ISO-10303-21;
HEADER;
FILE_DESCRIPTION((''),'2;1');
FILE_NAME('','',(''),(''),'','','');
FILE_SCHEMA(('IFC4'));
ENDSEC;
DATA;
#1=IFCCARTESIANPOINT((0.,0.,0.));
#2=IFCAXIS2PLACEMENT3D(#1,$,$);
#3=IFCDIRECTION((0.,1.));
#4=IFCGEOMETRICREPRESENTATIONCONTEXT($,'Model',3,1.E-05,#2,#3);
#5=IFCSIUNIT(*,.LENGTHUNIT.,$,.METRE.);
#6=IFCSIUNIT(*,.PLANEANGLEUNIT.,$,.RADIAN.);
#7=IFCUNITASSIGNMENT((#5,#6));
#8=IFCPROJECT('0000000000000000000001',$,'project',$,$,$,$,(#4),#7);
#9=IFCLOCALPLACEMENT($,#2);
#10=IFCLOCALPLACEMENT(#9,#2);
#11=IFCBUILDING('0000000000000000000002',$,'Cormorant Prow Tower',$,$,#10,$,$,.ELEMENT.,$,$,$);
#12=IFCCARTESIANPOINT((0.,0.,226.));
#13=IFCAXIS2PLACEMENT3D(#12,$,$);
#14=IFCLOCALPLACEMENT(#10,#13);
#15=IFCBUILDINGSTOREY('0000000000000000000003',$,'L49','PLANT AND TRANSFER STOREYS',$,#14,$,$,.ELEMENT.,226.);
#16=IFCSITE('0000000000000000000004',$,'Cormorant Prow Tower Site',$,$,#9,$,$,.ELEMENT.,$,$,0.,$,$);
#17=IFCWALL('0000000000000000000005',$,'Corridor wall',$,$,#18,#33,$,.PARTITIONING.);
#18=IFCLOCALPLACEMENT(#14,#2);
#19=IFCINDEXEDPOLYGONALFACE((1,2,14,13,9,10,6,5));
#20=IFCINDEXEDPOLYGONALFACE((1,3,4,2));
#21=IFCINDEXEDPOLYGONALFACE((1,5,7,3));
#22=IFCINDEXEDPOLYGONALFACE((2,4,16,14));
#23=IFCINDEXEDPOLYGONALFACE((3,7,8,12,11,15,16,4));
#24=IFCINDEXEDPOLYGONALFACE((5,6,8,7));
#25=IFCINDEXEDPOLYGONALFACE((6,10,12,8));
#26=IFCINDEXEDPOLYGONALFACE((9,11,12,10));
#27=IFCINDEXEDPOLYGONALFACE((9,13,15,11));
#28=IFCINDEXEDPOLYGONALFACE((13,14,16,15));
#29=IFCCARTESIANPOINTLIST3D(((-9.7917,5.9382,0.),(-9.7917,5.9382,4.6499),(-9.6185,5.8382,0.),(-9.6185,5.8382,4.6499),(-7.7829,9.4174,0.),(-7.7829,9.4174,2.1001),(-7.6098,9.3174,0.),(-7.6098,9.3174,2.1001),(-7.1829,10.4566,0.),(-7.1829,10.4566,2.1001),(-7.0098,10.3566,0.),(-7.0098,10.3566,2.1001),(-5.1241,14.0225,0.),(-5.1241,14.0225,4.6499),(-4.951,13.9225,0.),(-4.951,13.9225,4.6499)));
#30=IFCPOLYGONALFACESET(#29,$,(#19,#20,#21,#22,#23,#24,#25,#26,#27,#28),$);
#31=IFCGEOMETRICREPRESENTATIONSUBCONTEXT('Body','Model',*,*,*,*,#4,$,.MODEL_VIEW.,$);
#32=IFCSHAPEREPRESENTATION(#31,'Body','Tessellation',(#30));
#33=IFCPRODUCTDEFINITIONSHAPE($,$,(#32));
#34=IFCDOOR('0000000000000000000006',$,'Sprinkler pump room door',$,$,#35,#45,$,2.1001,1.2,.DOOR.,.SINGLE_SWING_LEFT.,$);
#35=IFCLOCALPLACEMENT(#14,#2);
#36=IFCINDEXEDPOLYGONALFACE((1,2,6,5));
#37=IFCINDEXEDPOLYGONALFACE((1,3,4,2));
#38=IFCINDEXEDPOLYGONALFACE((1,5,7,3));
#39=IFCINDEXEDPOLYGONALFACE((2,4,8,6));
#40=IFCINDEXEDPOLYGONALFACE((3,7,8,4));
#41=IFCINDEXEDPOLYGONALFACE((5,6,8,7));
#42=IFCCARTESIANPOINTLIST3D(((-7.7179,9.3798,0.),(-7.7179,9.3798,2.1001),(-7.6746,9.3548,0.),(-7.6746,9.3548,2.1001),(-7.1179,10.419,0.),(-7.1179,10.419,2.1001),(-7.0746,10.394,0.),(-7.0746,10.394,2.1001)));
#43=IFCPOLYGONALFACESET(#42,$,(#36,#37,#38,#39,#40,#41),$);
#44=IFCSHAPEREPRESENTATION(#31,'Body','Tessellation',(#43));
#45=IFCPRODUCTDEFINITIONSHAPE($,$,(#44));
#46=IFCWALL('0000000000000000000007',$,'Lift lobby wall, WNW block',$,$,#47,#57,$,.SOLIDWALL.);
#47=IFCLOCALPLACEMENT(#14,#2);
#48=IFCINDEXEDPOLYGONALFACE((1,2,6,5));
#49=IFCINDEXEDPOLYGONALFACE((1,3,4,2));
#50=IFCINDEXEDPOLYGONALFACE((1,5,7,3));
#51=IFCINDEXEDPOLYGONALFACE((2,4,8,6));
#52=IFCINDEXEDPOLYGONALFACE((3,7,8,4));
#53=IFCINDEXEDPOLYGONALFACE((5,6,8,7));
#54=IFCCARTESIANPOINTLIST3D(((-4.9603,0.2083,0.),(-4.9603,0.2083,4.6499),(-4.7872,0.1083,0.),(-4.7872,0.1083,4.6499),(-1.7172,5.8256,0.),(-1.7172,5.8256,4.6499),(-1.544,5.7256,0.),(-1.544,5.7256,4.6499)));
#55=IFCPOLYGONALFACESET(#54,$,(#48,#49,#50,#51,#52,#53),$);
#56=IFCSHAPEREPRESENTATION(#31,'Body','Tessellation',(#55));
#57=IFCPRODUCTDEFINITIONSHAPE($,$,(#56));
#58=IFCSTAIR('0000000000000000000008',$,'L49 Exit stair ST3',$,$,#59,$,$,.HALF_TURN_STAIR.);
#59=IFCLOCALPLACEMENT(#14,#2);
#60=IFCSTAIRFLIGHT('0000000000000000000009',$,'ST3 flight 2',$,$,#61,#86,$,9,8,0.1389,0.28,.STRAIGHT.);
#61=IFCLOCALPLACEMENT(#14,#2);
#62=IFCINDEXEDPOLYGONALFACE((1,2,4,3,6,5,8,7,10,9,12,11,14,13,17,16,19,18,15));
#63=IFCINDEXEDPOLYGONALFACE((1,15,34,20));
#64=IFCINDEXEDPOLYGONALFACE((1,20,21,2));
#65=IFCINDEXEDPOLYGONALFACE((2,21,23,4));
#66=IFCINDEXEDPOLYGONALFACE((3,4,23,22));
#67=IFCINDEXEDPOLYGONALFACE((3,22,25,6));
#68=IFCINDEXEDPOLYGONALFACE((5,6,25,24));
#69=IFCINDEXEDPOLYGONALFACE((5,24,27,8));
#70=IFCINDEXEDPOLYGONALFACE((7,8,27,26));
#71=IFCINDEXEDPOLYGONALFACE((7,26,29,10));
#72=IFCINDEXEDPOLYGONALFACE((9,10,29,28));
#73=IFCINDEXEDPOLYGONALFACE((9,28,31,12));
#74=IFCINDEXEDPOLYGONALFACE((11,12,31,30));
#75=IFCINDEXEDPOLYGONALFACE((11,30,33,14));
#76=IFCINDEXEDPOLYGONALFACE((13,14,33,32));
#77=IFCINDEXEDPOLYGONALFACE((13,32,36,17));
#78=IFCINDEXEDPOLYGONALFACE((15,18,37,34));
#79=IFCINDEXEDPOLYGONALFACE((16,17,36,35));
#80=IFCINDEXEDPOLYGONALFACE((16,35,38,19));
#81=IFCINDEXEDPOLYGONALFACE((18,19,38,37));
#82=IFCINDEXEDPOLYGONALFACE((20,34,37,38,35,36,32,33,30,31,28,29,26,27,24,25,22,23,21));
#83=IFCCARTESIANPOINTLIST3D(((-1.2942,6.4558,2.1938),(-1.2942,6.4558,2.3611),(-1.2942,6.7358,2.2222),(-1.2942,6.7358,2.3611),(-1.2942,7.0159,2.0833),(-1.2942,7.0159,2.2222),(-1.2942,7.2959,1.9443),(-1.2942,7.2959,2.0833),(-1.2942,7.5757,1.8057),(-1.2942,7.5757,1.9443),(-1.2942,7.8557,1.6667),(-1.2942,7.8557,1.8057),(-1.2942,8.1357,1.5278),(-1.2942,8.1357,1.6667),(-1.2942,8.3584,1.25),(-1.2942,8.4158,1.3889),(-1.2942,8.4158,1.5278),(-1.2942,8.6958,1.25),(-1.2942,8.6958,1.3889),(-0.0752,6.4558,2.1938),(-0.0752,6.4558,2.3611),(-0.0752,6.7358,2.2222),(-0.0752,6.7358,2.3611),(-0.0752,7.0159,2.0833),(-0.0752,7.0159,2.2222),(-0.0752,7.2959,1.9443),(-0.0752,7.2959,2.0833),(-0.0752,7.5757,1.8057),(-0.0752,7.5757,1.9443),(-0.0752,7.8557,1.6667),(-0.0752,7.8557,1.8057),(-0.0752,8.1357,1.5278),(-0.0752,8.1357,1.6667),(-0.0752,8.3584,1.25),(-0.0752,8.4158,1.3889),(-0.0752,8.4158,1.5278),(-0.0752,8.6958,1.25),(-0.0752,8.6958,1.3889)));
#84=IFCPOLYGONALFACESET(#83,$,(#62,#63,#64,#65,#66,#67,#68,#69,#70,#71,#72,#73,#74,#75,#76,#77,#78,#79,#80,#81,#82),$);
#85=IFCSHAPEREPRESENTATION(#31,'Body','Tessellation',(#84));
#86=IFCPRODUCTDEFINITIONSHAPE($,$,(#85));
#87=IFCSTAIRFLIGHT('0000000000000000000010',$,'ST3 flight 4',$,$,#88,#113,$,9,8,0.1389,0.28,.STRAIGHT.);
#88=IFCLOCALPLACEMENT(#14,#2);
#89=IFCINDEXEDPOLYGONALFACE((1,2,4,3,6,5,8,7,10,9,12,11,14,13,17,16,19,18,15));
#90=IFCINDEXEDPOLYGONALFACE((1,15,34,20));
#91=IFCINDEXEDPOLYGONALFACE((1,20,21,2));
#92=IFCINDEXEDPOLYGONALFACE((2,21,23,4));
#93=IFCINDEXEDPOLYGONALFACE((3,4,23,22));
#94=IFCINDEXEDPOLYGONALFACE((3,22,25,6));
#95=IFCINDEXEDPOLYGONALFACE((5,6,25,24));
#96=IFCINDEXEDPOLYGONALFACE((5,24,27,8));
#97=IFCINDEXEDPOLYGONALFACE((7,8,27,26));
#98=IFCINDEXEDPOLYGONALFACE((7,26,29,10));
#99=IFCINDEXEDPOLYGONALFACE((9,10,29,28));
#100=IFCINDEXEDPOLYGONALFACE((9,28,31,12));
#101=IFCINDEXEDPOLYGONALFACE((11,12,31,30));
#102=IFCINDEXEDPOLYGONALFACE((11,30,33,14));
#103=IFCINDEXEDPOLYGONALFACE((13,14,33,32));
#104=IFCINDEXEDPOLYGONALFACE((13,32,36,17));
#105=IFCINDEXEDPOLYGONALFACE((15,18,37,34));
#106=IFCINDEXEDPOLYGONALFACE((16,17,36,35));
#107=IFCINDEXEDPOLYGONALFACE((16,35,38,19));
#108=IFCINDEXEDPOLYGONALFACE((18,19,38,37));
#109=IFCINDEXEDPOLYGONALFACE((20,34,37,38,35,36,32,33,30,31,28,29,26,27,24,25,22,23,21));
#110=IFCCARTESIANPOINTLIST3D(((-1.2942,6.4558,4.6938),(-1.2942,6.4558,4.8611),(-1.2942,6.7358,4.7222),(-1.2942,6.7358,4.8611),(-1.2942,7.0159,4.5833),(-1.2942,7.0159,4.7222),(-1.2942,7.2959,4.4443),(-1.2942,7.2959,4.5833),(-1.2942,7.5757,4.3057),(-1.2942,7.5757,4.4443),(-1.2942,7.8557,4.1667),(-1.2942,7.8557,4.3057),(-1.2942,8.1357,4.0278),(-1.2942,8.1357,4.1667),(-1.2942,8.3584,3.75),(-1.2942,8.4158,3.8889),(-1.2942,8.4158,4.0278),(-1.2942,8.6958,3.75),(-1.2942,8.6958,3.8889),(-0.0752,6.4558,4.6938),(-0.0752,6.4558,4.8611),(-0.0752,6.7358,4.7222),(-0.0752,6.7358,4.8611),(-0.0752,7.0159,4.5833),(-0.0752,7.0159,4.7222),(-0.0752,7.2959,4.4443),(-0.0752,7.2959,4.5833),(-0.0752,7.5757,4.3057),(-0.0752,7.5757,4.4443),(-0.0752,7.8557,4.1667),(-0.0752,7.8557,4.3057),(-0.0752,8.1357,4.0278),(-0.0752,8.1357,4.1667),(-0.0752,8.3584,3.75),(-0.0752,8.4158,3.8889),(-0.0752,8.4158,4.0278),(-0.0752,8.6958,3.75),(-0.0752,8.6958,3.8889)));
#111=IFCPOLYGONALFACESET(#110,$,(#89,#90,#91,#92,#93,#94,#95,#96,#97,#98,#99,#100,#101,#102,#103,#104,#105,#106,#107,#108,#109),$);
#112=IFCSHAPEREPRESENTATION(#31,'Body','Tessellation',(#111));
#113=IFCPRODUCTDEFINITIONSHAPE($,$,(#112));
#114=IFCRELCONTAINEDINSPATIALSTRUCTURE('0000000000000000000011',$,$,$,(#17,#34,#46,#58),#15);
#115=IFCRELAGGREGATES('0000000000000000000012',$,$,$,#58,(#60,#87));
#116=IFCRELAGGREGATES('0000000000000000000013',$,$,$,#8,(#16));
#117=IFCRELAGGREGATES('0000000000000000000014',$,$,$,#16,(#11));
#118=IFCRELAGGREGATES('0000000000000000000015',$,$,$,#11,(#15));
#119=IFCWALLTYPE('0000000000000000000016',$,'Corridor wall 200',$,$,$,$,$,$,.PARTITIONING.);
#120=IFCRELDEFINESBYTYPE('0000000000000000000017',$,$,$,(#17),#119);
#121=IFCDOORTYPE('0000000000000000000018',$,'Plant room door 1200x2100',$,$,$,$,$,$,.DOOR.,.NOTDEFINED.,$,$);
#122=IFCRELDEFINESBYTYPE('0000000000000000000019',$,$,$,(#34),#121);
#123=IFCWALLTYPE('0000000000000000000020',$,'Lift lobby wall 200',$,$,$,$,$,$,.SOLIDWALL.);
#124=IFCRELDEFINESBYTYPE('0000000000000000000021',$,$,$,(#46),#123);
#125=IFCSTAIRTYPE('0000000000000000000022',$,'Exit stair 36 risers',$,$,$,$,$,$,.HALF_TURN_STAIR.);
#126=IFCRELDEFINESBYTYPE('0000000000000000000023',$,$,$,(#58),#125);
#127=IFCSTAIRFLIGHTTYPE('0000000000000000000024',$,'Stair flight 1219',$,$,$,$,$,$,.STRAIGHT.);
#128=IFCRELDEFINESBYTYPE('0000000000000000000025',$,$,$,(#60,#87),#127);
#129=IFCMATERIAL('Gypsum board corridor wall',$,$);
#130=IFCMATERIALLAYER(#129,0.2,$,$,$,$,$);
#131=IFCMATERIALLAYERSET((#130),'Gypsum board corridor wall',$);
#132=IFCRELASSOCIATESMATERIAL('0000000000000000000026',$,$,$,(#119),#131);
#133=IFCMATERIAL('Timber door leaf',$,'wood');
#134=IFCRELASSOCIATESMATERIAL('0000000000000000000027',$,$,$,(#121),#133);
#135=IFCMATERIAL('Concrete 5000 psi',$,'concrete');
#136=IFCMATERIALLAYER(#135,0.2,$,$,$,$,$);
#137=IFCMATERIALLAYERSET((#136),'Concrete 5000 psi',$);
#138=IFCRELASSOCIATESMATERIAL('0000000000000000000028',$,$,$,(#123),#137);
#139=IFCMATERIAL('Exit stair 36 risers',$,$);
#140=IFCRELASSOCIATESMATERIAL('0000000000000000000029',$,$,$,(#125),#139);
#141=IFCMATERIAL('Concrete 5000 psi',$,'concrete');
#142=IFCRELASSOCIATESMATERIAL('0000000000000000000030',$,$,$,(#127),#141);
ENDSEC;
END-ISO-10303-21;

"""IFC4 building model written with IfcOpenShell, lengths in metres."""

from ifc_helpers import new_model, si_unit, direction, frame, frame_2d, origin, place, context, subcontext, project, spatial, polyline, rectangle, outline, extrude, material, layer, layer_set, type_object, element, fill, aggregate, save


model = new_model("IFC4")

# Units and contexts
model_context = context("Model", 3, precision=1e-05, world=origin(), true_north=direction((0.0, 1.0)))
body_context = subcontext(model_context, "Body", "Model", "MODEL_VIEW")
ifc_project = project(units=[si_unit("LENGTHUNIT", "METRE"), si_unit("PLANEANGLEUNIT", "RADIAN")], contexts=[model_context])

# Site, building, storey
site_placement = place(None, origin())
site = spatial("IfcSite", under=ifc_project, at=site_placement, Name="Cormorant Prow Tower Site", CompositionType="ELEMENT", RefElevation=0.0)
building_placement = place(site_placement, origin())
building = spatial("IfcBuilding", under=site, at=building_placement, Name="Cormorant Prow Tower", CompositionType="ELEMENT")
storey_placement = place(building_placement, frame((0.0, 0.0, 226.0)))
storey = spatial("IfcBuildingStorey", under=building, at=storey_placement, Name="L49", Description="PLANT AND TRANSFER STOREYS", CompositionType="ELEMENT", Elevation=226.0)

# Wall, opening, door
ifc_material_1 = material(Name="Gypsum board corridor wall")
ifc_layer_1 = layer(ifc_material_1, 0.2)
ifc_layer_set_1 = layer_set([ifc_layer_1], Name="Gypsum board corridor wall")
wall_type_1 = type_object("IfcWallType", Name="Corridor wall 200", PredefinedType="PARTITIONING", material=ifc_layer_set_1)
wall_1_placement = place(storey_placement, frame((-9.7051, 5.8882, 0.0), z_axis=(0.0, 0.0, 1.0), x_axis=(0.500004, 0.866023, 0.0)))
wall_1 = element("IfcWall", 1, at=wall_1_placement, inside=storey, type_object=wall_type_1, Name="Corridor wall", PredefinedType="PARTITIONING", context=body_context, shape_type="SweptSolid", body=[
    extrude(rectangle(XDim=9.335, YDim=0.2, at=frame_2d((4.6675, 0.0))), origin(), (0.0, 0.0, 1.0), 4.6499),
])
opening_1_placement = place(wall_1_placement, frame((4.0173, 0.0, 0.0)))
opening_1 = element("IfcOpeningElement", 2, at=opening_1_placement, cuts=wall_1, PredefinedType="OPENING", context=body_context, shape_type="SweptSolid", body=[
    extrude(rectangle(XDim=1.2, YDim=2.1001, at=frame_2d((0.6001, 1.05))), frame((0.0, 0.1099, 0.0), z_axis=(0.0, -1.0, 0.0), x_axis=(1.0, 0.0, 0.0)), (0.0, 0.0, 1.0), 0.22),
])
ifc_material_2 = material(Name="Timber door leaf", Category="wood")
door_type_1 = type_object("IfcDoorType", Name="Plant room door 1200x2100", OperationType="NOTDEFINED", PredefinedType="DOOR", material=ifc_material_2)
door_1_placement = place(opening_1_placement, origin())
door_1 = element("IfcDoor", 3, at=door_1_placement, inside=storey, type_object=door_type_1, Name="Sprinkler pump room door", OperationType="SINGLE_SWING_LEFT", OverallHeight=2.1001, OverallWidth=1.2, PredefinedType="DOOR", context=body_context, shape_type="SweptSolid", body=[
    extrude(rectangle(XDim=1.2, YDim=2.1001, at=frame_2d((0.6001, 1.05))), frame((0.0, 0.0249, 0.0), z_axis=(0.0, -1.0, 0.0), x_axis=(1.0, 0.0, 0.0)), (0.0, 0.0, 1.0), 0.05),
])
fill(opening_1, door_1)

# Wall
ifc_material_3 = material(Name="Concrete 5000 psi", Category="concrete")
ifc_layer_2 = layer(ifc_material_3, 0.2)
ifc_layer_set_2 = layer_set([ifc_layer_2], Name="Concrete 5000 psi")
wall_type_2 = type_object("IfcWallType", Name="Lift lobby wall 200", PredefinedType="SOLIDWALL", material=ifc_layer_set_2)
wall_2_placement = place(storey_placement, frame((-1.6306, 5.7756, 0.0), z_axis=(0.0, 0.0, 1.0), x_axis=(-0.499993, -0.86603, 0.0)))
element("IfcWall", 4, at=wall_2_placement, inside=storey, type_object=wall_type_2, Name="Lift lobby wall, WNW block", PredefinedType="SOLIDWALL", context=body_context, shape_type="SweptSolid", body=[
    extrude(rectangle(XDim=6.4863, YDim=0.2, at=frame_2d((3.2432, 0.0))), origin(), (0.0, 0.0, 1.0), 4.6499),
])

# Stair, stair flights
ifc_material_4 = material(Name="Exit stair 36 risers")
stair_type = type_object("IfcStairType", Name="Exit stair 36 risers", PredefinedType="HALF_TURN_STAIR", material=ifc_material_4)
stair_placement = place(storey_placement, origin())
stair = element("IfcStair", 5, at=stair_placement, inside=storey, type_object=stair_type, Name="L49 Exit stair ST3", PredefinedType="HALF_TURN_STAIR")
ifc_material_5 = material(Name="Concrete 5000 psi", Category="concrete")
stair_flight_type = type_object("IfcStairFlightType", Name="Stair flight 1219", PredefinedType="STRAIGHT", material=ifc_material_5)
stair_flight_1_placement = place(storey_placement, frame((-0.6846, 8.6958, 1.25), z_axis=(0.0, 0.0, 1.0), x_axis=(0.0, -1.0, 0.0)))
stair_flight_1 = element("IfcStairFlight", 6, at=stair_flight_1_placement, type_object=stair_flight_type, Name="ST3 flight 2", NumberOfRisers=9, NumberOfTreads=8, PredefinedType="STRAIGHT", RiserHeight=0.1389, TreadLength=0.28, context=body_context, shape_type="SweptSolid", body=[
    extrude(outline(polyline([(0.0, 0.0), (0.0, 0.1389), (0.28, 0.1389), (0.28, 0.2778), (0.5601, 0.2778), (0.5601, 0.4167), (0.8401, 0.4167), (0.8401, 0.5557), (1.1201, 0.5557), (1.1201, 0.6943), (1.3999, 0.6943), (1.3999, 0.8333), (1.6799, 0.8333), (1.6799, 0.9722), (1.96, 0.9722), (1.96, 1.1111), (2.24, 1.1111), (2.24, 1.25), (2.24, 0.9438), (0.3374, 0.0), (0.0, 0.0)])), frame((0.0, 0.6094, 0.0), z_axis=(0.0, -1.0, 0.0), x_axis=(1.0, 0.0, 0.0)), (0.0, 0.0, 1.0), 1.219),
])
stair_flight_2_placement = place(storey_placement, frame((-0.6846, 8.6958, 3.75), z_axis=(0.0, 0.0, 1.0), x_axis=(0.0, -1.0, 0.0)))
stair_flight_2 = element("IfcStairFlight", 7, at=stair_flight_2_placement, type_object=stair_flight_type, Name="ST3 flight 4", NumberOfRisers=9, NumberOfTreads=8, PredefinedType="STRAIGHT", RiserHeight=0.1389, TreadLength=0.28, context=body_context, shape_type="SweptSolid", body=[
    extrude(outline(polyline([(0.0, 0.0), (0.0, 0.1389), (0.28, 0.1389), (0.28, 0.2778), (0.5601, 0.2778), (0.5601, 0.4167), (0.8401, 0.4167), (0.8401, 0.5557), (1.1201, 0.5557), (1.1201, 0.6943), (1.3999, 0.6943), (1.3999, 0.8333), (1.6799, 0.8333), (1.6799, 0.9722), (1.96, 0.9722), (1.96, 1.1111), (2.24, 1.1111), (2.24, 1.25), (2.24, 0.9438), (0.3374, 0.0), (0.0, 0.0)])), frame((0.0, 0.6094, 0.0), z_axis=(0.0, -1.0, 0.0), x_axis=(1.0, 0.0, 0.0)), (0.0, 0.0, 1.0), 1.219),
])
aggregate(stair, [stair_flight_1, stair_flight_2])

save(model, "model.ifc")
